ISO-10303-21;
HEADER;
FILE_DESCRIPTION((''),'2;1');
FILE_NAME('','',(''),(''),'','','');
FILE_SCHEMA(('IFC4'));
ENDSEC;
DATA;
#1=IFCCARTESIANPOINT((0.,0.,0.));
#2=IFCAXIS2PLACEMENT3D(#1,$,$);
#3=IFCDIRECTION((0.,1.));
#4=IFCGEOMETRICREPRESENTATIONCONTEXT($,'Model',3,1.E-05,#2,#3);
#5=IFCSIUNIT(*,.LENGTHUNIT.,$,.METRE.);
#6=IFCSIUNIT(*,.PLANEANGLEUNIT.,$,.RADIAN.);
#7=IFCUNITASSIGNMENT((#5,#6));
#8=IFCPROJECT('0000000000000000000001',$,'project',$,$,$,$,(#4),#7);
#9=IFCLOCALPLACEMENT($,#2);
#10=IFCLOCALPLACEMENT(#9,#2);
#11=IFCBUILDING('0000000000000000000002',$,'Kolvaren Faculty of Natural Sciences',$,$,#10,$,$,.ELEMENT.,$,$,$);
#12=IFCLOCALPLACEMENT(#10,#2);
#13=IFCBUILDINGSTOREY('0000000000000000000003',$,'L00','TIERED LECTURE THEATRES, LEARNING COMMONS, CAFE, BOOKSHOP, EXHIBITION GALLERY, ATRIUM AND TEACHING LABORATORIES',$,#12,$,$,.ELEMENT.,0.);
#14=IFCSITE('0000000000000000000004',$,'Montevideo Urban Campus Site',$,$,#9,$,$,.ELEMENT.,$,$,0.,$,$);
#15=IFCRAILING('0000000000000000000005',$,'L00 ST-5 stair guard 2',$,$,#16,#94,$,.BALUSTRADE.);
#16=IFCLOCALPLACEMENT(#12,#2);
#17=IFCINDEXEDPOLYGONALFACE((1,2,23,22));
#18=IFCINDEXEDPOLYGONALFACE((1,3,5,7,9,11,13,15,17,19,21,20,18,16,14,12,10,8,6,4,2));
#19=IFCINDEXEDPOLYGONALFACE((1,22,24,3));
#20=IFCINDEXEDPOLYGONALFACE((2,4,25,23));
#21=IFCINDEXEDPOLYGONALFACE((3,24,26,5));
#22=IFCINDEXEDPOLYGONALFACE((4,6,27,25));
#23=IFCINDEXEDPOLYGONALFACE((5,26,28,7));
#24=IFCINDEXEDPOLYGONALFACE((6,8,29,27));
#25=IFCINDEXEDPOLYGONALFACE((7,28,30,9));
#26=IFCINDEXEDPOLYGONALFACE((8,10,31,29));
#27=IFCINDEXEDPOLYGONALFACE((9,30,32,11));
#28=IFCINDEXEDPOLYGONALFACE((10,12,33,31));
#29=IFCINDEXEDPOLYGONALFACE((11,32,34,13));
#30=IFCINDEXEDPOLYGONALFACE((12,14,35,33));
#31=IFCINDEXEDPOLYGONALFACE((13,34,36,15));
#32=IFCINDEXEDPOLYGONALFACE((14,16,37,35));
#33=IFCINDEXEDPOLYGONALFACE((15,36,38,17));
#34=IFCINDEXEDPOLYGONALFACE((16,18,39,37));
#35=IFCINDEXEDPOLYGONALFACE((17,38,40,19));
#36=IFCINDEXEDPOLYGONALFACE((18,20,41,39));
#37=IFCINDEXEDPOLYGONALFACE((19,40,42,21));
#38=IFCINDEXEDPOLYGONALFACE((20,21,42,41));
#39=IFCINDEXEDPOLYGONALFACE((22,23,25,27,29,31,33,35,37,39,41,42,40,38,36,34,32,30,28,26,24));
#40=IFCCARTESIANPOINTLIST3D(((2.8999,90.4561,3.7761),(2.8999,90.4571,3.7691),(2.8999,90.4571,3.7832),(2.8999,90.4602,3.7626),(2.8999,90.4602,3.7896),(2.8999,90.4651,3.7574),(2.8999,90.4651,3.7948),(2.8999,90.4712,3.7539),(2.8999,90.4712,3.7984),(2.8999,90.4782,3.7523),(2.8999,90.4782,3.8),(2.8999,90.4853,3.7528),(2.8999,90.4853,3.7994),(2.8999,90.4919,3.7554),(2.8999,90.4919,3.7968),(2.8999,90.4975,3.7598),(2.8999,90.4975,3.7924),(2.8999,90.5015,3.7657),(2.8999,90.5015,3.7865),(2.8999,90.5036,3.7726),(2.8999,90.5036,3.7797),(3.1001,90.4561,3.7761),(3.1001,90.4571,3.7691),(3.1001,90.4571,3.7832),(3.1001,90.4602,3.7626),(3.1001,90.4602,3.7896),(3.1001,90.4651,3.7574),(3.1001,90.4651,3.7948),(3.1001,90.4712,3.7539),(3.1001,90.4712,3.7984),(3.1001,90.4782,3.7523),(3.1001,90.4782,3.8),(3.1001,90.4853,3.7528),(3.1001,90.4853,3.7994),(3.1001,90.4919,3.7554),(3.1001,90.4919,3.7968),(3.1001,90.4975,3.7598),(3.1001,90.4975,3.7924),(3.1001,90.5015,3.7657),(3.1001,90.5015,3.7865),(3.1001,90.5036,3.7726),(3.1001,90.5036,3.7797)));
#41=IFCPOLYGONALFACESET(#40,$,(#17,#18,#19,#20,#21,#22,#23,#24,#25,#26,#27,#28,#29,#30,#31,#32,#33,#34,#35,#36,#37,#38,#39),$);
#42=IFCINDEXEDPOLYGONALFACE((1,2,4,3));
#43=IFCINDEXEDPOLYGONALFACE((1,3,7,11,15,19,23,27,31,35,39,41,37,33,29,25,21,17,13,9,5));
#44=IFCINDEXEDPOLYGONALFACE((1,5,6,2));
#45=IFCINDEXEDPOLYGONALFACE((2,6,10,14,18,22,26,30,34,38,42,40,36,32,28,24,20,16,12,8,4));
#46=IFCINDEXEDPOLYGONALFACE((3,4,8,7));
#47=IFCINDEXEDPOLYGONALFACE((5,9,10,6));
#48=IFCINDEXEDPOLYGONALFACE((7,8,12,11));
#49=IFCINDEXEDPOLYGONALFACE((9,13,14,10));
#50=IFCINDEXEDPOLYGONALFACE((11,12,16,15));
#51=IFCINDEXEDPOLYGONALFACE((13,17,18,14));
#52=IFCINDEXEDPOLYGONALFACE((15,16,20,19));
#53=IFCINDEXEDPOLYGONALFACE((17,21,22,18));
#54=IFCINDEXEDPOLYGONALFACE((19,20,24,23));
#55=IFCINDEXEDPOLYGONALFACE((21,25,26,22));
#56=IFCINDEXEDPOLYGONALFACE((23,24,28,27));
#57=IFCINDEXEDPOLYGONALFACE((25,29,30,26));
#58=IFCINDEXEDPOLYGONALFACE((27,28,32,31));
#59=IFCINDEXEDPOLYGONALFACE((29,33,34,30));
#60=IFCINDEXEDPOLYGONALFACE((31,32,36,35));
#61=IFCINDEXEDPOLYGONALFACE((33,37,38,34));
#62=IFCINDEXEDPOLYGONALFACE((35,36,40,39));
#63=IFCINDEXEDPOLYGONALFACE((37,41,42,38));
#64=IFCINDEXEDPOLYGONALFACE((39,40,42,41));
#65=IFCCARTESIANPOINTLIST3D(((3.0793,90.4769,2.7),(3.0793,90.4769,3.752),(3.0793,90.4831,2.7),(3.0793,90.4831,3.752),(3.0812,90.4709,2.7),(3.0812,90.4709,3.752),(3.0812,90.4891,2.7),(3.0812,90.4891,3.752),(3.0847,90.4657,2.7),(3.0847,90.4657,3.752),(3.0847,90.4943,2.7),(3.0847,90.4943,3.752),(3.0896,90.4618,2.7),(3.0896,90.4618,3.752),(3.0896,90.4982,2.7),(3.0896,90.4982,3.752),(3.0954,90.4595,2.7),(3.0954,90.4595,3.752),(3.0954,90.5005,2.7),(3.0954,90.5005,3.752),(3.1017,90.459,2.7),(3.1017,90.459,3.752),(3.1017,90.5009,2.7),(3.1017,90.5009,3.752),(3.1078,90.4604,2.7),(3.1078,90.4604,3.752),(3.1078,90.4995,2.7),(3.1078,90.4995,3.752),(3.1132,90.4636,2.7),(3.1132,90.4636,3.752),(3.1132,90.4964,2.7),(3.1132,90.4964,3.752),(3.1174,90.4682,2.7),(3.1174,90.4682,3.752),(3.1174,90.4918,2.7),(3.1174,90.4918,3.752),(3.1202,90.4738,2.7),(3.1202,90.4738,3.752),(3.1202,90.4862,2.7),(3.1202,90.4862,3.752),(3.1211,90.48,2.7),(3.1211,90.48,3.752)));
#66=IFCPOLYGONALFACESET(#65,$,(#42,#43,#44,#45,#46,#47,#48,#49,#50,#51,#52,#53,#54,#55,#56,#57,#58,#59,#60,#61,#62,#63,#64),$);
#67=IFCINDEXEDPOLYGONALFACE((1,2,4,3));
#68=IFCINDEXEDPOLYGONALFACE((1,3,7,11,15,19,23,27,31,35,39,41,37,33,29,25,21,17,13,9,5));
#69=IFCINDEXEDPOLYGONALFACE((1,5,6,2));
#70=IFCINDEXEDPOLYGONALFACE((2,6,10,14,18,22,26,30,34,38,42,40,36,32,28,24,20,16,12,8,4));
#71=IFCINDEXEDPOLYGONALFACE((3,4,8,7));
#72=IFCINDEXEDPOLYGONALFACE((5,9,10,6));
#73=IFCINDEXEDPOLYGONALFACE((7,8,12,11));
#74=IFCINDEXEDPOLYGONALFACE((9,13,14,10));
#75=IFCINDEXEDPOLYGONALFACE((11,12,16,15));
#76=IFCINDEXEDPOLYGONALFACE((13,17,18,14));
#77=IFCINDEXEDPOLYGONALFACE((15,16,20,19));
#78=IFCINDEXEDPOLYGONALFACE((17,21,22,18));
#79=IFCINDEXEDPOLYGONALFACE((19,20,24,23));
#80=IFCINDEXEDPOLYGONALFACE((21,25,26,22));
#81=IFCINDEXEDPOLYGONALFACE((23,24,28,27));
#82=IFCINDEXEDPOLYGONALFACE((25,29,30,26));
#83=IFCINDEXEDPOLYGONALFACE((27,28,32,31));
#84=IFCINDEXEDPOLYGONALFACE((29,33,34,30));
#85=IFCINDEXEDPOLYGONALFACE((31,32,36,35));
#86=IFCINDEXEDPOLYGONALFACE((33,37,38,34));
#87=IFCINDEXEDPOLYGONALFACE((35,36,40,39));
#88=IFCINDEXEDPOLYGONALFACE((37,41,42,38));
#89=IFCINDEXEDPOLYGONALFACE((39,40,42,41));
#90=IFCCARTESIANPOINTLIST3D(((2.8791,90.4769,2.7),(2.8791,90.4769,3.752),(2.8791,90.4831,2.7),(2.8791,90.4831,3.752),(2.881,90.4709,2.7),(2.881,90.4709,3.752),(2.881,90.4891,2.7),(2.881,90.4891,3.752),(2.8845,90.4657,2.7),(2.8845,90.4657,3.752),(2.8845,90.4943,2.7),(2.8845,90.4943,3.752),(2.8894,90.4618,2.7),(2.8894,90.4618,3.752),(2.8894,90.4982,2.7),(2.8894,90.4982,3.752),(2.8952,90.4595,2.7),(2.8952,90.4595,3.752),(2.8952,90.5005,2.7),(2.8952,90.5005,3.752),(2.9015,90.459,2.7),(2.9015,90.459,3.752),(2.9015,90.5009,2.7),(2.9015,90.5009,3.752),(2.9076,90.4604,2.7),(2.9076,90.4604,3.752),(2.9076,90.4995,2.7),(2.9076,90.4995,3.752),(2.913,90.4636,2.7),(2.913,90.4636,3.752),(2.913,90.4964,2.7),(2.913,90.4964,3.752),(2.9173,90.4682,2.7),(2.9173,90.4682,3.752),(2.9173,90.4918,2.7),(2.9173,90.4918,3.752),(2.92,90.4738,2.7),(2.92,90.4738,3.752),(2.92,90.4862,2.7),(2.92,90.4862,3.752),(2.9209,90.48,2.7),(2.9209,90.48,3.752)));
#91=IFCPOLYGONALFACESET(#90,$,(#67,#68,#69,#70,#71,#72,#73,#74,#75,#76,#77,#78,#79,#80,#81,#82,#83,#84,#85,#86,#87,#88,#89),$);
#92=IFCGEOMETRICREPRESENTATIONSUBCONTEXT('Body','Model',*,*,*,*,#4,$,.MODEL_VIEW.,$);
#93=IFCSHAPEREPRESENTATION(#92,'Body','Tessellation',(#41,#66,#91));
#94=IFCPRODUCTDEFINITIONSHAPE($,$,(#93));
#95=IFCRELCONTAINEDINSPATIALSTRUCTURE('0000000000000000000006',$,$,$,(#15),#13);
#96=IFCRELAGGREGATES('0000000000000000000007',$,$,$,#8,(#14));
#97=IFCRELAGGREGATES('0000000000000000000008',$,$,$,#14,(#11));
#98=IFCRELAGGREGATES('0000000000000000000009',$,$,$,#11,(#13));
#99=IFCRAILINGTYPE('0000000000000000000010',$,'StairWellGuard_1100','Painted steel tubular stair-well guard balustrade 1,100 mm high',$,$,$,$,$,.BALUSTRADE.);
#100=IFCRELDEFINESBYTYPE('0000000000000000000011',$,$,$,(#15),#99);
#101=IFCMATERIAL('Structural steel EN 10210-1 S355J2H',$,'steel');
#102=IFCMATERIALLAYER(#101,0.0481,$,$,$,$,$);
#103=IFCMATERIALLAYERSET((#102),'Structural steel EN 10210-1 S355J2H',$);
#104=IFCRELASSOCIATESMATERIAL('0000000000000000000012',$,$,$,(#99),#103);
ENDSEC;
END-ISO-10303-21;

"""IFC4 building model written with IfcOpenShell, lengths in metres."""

from ifc_helpers import new_model, si_unit, direction, frame, origin, origin_2d, place, context, subcontext, project, spatial, circle, extrude, material, layer, layer_set, type_object, element, save


model = new_model("IFC4")

# Units and contexts
model_context = context("Model", 3, precision=1e-05, world=origin(), true_north=direction((0.0, 1.0)))
body_context = subcontext(model_context, "Body", "Model", "MODEL_VIEW")
ifc_project = project(units=[si_unit("LENGTHUNIT", "METRE"), si_unit("PLANEANGLEUNIT", "RADIAN")], contexts=[model_context])

# Site, building, storey
site_placement = place(None, origin())
site = spatial("IfcSite", under=ifc_project, at=site_placement, Name="Montevideo Urban Campus Site", CompositionType="ELEMENT", RefElevation=0.0)
building_placement = place(site_placement, origin())
building = spatial("IfcBuilding", under=site, at=building_placement, Name="Kolvaren Faculty of Natural Sciences", CompositionType="ELEMENT")
storey_placement = place(building_placement, origin())
storey = spatial("IfcBuildingStorey", under=building, at=storey_placement, Name="L00", Description="TIERED LECTURE THEATRES, LEARNING COMMONS, CAFE, BOOKSHOP, EXHIBITION GALLERY, ATRIUM AND TEACHING LABORATORIES", CompositionType="ELEMENT", Elevation=0.0)

# Railing
ifc_material_1 = material(Name="Structural steel EN 10210-1 S355J2H", Category="steel")
ifc_layer_1 = layer(ifc_material_1, 0.0481)
ifc_layer_set_1 = layer_set([ifc_layer_1], Name="Structural steel EN 10210-1 S355J2H")
railing_type_1 = type_object("IfcRailingType", Name="StairWellGuard_1100", Description="Painted steel tubular stair-well guard balustrade 1,100 mm high", PredefinedType="BALUSTRADE", material=ifc_layer_set_1)
railing_1_placement = place(storey_placement, frame((3.1001, 90.48, 2.7)))
element("IfcRailing", 1, at=railing_1_placement, inside=storey, type_object=railing_type_1, Name="L00 ST-5 stair guard 2", PredefinedType="BALUSTRADE", context=body_context, shape_type="SweptSolid", body=[
    extrude(circle(Radius=0.0239, at=origin_2d()), frame((0.0, 0.0, 1.0762), z_axis=(-1.0, 0.0, 0.0), x_axis=(0.0, -1.0, 0.0)), (0.0, 0.0, 1.0), 0.2002),
    extrude(circle(Radius=0.021, at=origin_2d()), origin(), (0.0, 0.0, 1.0), 1.052),
    extrude(circle(Radius=0.021, at=origin_2d()), frame((-0.2002, 0.0, 0.0)), (0.0, 0.0, 1.0), 1.052),
])

save(model, "model.ifc")
